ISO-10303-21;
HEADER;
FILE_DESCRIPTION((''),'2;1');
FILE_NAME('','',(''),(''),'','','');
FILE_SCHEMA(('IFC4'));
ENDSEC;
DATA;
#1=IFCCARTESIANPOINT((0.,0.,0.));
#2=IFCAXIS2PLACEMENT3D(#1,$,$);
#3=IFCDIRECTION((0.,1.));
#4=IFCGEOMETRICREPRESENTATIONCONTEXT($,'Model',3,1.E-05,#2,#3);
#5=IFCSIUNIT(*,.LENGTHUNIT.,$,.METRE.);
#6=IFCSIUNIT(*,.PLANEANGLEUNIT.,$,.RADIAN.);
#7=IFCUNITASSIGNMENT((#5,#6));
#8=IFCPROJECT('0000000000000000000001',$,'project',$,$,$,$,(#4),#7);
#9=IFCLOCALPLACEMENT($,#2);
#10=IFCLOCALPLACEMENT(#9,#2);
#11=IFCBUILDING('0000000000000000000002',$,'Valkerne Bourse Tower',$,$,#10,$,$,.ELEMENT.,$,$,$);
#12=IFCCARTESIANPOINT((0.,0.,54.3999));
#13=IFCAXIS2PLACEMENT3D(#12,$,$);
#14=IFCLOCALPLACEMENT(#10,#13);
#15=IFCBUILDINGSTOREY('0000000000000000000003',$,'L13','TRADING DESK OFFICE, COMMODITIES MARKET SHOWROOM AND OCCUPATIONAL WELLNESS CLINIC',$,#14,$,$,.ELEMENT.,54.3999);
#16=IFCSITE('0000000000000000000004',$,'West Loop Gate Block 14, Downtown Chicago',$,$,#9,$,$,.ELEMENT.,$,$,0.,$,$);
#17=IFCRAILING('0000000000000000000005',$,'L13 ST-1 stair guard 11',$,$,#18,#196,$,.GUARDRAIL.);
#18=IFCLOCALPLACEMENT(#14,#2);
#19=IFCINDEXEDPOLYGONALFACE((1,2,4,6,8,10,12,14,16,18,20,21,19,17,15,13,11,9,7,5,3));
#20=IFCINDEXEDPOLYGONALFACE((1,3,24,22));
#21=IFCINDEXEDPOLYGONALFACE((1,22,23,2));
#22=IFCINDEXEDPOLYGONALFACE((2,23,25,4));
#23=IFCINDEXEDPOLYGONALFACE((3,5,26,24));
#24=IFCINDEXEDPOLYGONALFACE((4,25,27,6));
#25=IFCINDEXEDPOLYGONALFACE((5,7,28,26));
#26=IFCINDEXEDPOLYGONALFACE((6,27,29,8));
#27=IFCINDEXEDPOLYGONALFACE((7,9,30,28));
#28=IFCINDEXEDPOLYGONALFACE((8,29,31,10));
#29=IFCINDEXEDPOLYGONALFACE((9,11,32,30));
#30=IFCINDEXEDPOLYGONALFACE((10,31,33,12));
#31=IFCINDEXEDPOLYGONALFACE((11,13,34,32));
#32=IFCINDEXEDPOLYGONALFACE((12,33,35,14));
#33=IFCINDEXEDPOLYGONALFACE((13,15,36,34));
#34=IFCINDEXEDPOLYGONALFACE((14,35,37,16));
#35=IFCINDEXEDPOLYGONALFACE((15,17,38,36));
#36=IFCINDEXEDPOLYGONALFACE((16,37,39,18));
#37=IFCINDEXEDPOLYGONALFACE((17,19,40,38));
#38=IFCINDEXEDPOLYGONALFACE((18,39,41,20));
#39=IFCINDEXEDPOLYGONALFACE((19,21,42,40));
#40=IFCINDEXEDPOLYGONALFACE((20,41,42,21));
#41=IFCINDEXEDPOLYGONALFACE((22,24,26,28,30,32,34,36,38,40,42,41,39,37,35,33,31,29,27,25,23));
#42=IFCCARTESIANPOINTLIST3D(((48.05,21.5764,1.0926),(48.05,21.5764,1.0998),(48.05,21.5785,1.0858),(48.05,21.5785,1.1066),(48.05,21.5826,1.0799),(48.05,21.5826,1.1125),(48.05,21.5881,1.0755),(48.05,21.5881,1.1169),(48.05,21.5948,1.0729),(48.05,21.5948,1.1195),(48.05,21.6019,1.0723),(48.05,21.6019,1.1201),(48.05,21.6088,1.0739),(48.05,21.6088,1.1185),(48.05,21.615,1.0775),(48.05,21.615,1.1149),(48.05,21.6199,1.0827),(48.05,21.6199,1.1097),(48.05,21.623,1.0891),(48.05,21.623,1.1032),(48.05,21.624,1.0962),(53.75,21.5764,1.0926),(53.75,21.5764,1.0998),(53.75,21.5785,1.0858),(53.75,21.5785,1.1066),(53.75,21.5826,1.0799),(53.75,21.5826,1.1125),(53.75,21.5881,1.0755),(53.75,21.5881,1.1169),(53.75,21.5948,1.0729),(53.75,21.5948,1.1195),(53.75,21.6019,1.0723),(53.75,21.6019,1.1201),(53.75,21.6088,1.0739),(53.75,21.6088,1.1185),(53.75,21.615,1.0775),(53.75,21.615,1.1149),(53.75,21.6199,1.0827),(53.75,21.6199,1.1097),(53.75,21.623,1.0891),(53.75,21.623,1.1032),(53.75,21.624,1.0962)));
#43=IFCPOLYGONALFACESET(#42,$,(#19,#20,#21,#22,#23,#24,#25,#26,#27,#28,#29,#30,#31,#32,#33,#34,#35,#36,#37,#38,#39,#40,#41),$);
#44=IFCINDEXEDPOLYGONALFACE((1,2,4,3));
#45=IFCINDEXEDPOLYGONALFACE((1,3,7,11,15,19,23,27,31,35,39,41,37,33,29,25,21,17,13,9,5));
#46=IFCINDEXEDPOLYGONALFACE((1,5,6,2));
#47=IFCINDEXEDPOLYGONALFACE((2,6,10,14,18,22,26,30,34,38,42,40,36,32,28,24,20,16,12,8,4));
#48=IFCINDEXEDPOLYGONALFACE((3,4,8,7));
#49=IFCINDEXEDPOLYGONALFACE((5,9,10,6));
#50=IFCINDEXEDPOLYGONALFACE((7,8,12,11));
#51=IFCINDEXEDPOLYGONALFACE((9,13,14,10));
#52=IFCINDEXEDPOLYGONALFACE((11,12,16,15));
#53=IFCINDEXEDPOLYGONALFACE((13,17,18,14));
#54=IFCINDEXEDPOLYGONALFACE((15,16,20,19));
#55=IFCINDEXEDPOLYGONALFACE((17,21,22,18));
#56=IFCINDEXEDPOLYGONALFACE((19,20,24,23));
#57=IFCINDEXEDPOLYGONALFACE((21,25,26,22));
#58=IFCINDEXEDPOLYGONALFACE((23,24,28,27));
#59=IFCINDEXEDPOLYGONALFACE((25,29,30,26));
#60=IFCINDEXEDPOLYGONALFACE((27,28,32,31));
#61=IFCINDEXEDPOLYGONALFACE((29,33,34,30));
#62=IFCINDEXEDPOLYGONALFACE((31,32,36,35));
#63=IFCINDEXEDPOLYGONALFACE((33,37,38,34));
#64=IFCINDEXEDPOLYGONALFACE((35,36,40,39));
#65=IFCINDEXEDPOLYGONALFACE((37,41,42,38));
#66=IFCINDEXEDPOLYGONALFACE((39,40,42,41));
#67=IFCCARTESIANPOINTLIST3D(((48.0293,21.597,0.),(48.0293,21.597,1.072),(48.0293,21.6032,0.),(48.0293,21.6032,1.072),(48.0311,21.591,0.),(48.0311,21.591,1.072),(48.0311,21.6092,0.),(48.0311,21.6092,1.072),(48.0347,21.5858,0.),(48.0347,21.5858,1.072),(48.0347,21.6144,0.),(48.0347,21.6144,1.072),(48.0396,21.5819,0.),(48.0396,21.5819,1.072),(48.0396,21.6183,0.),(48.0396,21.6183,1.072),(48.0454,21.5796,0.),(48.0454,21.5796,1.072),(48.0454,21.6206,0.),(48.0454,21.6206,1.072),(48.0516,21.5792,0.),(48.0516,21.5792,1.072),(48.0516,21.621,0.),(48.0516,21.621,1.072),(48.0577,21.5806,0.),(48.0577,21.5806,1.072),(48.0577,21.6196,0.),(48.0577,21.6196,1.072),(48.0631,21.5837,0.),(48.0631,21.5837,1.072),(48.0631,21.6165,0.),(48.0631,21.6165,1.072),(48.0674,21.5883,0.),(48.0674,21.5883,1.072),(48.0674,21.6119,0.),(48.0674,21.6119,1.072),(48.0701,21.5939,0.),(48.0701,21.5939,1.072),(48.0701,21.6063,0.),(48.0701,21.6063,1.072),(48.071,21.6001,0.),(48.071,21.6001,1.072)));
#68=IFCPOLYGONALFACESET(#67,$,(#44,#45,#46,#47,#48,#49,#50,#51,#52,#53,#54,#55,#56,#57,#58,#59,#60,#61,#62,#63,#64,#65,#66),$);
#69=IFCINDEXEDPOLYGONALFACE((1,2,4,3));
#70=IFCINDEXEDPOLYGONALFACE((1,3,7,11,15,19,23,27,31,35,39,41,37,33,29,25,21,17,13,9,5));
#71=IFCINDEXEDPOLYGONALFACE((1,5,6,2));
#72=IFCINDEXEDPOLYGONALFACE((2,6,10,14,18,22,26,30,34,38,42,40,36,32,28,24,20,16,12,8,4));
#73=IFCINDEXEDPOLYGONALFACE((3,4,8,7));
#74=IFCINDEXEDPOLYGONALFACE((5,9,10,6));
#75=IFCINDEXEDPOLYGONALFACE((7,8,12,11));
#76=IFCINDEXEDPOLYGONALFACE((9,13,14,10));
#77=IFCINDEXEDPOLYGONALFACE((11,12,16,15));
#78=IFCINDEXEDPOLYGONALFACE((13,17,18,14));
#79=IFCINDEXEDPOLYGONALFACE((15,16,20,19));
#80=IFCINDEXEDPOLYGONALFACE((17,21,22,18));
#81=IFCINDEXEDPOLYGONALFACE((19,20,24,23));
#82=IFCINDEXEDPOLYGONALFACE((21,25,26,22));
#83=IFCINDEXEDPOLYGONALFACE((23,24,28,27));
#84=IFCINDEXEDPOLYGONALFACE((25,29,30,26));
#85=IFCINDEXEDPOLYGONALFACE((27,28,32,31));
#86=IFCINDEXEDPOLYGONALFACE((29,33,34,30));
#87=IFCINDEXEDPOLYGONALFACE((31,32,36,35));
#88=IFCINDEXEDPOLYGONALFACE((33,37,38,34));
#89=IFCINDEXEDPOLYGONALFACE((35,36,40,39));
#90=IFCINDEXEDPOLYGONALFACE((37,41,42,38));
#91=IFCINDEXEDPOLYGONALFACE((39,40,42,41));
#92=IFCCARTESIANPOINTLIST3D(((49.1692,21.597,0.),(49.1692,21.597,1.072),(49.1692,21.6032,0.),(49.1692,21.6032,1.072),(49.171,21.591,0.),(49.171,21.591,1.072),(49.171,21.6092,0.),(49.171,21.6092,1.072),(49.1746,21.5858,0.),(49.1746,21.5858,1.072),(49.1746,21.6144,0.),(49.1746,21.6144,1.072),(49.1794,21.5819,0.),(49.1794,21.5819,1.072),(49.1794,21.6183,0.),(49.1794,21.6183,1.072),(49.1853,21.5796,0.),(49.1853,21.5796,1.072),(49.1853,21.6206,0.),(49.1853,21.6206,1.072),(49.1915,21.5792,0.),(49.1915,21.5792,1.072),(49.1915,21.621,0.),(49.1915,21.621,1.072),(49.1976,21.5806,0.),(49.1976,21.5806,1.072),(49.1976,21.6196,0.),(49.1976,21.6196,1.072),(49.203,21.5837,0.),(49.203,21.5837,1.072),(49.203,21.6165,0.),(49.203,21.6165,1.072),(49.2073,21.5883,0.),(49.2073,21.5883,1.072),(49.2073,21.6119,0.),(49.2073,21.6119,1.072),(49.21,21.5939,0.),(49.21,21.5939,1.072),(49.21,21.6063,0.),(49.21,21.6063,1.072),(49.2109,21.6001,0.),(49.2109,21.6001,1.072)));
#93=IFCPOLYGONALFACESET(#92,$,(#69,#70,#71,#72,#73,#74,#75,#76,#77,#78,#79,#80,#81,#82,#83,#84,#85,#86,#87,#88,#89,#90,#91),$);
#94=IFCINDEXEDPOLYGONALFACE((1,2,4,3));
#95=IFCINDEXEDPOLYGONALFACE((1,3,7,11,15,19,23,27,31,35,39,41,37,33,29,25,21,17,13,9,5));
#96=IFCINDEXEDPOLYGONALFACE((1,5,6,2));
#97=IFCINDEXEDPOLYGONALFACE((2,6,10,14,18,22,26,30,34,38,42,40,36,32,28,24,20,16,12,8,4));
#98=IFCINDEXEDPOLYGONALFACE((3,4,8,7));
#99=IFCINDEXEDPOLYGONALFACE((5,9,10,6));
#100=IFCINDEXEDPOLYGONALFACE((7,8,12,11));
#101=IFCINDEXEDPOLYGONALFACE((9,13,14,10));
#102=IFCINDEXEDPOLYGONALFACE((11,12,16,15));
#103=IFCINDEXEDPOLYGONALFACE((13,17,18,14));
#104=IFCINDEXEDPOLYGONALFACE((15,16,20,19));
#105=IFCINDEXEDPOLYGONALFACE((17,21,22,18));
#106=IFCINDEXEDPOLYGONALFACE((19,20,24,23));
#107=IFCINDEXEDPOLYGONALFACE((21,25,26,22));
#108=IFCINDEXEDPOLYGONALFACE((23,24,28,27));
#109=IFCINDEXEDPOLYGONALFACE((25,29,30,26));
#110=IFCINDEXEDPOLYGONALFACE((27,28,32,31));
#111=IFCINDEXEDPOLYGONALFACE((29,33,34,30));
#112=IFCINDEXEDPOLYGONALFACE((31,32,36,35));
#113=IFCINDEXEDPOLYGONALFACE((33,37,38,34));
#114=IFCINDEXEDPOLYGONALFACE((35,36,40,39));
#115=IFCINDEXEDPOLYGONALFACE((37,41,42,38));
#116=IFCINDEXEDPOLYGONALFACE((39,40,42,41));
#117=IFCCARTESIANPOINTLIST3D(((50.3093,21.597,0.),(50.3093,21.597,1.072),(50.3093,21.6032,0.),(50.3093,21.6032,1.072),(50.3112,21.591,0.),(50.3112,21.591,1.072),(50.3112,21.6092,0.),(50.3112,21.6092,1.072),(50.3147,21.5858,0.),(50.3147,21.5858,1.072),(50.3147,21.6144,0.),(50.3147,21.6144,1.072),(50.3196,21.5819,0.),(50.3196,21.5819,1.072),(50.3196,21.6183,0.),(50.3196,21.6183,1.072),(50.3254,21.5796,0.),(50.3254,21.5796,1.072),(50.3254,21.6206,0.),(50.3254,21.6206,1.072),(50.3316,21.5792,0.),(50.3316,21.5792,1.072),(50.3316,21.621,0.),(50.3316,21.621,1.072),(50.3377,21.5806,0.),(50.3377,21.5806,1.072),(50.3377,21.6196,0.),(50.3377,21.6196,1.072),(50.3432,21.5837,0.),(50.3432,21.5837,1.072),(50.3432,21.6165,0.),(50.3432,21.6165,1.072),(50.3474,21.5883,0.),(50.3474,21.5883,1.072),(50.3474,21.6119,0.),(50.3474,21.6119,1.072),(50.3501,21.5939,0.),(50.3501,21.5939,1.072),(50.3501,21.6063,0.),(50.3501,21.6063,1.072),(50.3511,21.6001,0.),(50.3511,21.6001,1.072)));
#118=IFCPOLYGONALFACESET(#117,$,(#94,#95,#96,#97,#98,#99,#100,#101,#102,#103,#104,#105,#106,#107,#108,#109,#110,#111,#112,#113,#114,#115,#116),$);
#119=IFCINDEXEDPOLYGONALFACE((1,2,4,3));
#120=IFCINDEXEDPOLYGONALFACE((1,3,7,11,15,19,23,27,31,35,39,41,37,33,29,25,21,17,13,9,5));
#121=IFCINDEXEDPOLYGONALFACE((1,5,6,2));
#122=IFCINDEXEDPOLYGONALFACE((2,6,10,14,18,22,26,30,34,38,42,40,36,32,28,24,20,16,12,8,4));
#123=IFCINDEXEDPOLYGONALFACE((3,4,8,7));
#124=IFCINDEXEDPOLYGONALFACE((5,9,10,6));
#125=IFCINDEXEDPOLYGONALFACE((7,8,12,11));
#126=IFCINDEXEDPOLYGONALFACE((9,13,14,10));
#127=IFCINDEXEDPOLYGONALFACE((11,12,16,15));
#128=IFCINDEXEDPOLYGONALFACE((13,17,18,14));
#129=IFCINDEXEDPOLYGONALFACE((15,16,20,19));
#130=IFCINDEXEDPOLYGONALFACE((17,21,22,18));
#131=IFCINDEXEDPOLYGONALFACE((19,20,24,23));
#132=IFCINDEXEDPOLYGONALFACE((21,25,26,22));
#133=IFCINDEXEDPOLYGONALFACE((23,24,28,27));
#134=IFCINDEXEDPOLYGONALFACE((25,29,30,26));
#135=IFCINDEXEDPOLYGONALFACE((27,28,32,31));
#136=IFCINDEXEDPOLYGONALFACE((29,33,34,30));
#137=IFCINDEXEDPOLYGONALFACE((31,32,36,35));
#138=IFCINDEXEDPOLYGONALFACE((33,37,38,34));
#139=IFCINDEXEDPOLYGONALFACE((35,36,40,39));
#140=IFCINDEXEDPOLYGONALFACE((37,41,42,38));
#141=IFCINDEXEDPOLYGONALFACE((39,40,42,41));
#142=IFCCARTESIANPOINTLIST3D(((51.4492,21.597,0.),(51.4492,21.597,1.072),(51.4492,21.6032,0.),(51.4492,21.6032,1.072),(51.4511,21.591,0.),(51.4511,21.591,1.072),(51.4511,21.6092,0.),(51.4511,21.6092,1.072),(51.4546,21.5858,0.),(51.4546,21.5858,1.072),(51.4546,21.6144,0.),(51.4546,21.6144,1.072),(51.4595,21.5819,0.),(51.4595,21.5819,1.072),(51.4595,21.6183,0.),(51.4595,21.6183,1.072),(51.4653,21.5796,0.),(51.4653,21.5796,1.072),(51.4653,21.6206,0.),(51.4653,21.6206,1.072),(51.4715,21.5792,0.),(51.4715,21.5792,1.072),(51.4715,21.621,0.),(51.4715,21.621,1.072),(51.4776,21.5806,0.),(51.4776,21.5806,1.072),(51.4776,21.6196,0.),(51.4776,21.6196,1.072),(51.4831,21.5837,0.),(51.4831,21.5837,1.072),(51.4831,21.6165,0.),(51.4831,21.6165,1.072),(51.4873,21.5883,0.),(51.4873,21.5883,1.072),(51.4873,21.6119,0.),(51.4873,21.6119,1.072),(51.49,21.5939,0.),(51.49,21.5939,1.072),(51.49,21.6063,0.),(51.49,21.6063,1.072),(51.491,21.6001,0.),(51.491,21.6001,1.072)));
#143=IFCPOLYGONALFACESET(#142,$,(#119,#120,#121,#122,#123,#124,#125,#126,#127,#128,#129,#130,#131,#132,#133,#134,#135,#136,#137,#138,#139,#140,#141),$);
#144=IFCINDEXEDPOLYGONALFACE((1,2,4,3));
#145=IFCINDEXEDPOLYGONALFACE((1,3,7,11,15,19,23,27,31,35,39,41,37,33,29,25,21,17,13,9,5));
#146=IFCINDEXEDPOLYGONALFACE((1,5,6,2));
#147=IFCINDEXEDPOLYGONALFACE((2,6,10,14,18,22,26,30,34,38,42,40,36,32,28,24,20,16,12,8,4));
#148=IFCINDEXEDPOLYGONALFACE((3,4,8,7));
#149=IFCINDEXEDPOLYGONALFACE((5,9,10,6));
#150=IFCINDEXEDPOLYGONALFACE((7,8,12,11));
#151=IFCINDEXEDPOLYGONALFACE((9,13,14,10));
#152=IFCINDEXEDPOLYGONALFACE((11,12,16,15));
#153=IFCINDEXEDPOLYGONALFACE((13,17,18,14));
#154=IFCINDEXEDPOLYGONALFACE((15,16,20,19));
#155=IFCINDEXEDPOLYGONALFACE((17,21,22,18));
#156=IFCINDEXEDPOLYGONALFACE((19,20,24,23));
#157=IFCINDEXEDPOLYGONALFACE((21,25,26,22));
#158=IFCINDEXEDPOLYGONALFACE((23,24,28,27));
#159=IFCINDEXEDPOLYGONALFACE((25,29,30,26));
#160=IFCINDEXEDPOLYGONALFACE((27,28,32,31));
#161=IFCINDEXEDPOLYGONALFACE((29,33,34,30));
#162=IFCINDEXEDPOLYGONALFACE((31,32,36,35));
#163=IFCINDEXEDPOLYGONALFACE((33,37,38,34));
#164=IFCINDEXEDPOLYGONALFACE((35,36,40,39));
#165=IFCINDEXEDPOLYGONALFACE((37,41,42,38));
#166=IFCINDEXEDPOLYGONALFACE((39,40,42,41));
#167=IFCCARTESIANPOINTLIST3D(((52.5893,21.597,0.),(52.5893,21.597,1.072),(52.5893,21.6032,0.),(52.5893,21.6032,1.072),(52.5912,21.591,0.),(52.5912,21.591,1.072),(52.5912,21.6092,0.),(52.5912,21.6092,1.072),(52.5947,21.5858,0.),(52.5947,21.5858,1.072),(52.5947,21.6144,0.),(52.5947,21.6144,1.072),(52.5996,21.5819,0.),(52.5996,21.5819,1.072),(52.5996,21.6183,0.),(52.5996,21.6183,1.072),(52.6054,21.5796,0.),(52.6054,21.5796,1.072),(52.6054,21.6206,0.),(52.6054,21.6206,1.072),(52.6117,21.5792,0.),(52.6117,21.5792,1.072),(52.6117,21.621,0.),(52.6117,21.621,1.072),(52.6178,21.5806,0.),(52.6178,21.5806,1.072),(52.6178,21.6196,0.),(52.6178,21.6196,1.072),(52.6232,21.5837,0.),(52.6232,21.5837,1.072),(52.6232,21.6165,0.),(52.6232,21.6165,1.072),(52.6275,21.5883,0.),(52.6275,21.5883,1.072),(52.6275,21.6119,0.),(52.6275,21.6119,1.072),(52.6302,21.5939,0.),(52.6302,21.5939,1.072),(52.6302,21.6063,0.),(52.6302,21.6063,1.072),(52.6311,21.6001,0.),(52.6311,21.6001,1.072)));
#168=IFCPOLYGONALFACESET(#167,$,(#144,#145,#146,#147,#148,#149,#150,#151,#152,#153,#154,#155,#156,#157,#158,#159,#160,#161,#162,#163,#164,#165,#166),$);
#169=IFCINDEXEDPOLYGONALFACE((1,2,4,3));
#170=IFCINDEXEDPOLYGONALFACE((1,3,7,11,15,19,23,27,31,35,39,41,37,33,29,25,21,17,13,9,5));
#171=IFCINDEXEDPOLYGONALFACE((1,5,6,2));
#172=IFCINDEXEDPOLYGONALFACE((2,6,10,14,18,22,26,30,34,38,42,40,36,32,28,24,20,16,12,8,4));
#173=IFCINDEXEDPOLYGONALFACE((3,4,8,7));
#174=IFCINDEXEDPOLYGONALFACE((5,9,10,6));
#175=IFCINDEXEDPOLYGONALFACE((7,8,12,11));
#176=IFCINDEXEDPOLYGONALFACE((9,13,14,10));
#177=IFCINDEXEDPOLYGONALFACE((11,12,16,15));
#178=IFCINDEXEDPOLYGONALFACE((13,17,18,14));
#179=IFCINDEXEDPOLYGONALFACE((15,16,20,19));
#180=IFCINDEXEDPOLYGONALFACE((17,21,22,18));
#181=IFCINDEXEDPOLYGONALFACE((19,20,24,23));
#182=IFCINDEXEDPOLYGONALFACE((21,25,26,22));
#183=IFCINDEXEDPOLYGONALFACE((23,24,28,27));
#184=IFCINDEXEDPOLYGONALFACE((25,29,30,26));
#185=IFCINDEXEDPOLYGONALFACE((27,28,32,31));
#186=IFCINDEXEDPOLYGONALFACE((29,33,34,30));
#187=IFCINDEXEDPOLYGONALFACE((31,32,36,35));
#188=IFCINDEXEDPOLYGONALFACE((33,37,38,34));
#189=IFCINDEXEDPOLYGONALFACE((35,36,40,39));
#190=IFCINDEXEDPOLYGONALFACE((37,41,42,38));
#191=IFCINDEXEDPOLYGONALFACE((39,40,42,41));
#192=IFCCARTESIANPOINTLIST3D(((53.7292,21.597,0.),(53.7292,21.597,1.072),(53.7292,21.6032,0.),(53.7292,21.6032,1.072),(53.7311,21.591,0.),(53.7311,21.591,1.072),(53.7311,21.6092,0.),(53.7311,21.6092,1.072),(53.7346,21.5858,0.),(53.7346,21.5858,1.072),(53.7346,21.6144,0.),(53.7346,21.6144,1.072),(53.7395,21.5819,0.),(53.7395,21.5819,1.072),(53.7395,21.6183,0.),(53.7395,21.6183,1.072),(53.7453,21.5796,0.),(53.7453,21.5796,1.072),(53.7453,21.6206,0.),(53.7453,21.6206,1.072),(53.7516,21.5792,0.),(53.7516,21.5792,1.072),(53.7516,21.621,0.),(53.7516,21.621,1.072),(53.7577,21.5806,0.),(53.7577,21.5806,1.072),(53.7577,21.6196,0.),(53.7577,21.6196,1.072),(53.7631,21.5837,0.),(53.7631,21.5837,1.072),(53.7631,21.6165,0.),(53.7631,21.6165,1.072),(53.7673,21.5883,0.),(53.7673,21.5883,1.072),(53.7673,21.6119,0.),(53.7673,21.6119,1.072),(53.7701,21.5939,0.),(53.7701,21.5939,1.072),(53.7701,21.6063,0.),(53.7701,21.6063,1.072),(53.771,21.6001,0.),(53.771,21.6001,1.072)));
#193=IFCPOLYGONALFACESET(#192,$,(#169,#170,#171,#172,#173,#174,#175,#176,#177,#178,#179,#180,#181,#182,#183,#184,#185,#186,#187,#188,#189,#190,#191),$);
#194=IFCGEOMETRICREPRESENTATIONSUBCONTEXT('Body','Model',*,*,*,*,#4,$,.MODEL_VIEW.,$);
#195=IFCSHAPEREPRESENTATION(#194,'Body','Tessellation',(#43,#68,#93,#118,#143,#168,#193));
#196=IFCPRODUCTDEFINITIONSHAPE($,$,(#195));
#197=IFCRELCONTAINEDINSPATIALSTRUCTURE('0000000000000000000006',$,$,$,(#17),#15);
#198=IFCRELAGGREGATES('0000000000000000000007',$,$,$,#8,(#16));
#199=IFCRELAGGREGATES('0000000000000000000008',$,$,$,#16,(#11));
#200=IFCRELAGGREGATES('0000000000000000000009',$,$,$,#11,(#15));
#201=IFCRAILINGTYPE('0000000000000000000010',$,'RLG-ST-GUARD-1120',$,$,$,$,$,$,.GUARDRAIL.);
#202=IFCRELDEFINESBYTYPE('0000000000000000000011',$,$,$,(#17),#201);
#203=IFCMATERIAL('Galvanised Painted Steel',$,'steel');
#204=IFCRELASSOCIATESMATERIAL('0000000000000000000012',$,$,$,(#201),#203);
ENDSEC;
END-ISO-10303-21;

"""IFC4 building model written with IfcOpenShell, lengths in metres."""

from ifc_helpers import new_model, si_unit, direction, frame, origin, origin_2d, place, context, subcontext, project, spatial, circle, extrude, material, type_object, element, save


model = new_model("IFC4")

# Units and contexts
model_context = context("Model", 3, precision=1e-05, world=origin(), true_north=direction((0.0, 1.0)))
body_context = subcontext(model_context, "Body", "Model", "MODEL_VIEW")
ifc_project = project(units=[si_unit("LENGTHUNIT", "METRE"), si_unit("PLANEANGLEUNIT", "RADIAN")], contexts=[model_context])

# Site, building, storey
site_placement = place(None, origin())
site = spatial("IfcSite", under=ifc_project, at=site_placement, Name="West Loop Gate Block 14, Downtown Chicago", CompositionType="ELEMENT", RefElevation=0.0)
building_placement = place(site_placement, origin())
building = spatial("IfcBuilding", under=site, at=building_placement, Name="Valkerne Bourse Tower", CompositionType="ELEMENT")
storey_placement = place(building_placement, frame((0.0, 0.0, 54.3999)))
storey = spatial("IfcBuildingStorey", under=building, at=storey_placement, Name="L13", Description="TRADING DESK OFFICE, COMMODITIES MARKET SHOWROOM AND OCCUPATIONAL WELLNESS CLINIC", CompositionType="ELEMENT", Elevation=54.3999)

# Shared definitions
ifc_material_1 = material(Name="Galvanised Painted Steel", Category="steel")

# Railing
railing_type = type_object("IfcRailingType", Name="RLG-ST-GUARD-1120", PredefinedType="GUARDRAIL", material=ifc_material_1)
for number, where, name in (
    (1, (48.05, 21.6001, 0.0), "L13 ST-1 stair guard 11"),
):
    element("IfcRailing", number, at=place(storey_placement, frame(where)), inside=storey, type_object=railing_type, Name=name, PredefinedType="GUARDRAIL", context=body_context, shape_type="SweptSolid", body=[
        extrude(circle(Radius=0.0239, at=origin_2d()), frame((0.0, 0.0, 1.0962), z_axis=(1.0, 0.0, 0.0), x_axis=(0.0, 1.0, 0.0)), (0.0, 0.0, 1.0), 5.7),
        extrude(circle(Radius=0.021, at=origin_2d()), origin(), (0.0, 0.0, 1.0), 1.072),
        extrude(circle(Radius=0.021, at=origin_2d()), frame((1.1399, 0.0, 0.0)), (0.0, 0.0, 1.0), 1.072),
        extrude(circle(Radius=0.021, at=origin_2d()), frame((2.28, 0.0, 0.0)), (0.0, 0.0, 1.0), 1.072),
        extrude(circle(Radius=0.021, at=origin_2d()), frame((3.4199, 0.0, 0.0)), (0.0, 0.0, 1.0), 1.072),
        extrude(circle(Radius=0.021, at=origin_2d()), frame((4.5601, 0.0, 0.0)), (0.0, 0.0, 1.0), 1.072),
        extrude(circle(Radius=0.021, at=origin_2d()), frame((5.7, 0.0, 0.0)), (0.0, 0.0, 1.0), 1.072),
    ])

save(model, "model.ifc")
